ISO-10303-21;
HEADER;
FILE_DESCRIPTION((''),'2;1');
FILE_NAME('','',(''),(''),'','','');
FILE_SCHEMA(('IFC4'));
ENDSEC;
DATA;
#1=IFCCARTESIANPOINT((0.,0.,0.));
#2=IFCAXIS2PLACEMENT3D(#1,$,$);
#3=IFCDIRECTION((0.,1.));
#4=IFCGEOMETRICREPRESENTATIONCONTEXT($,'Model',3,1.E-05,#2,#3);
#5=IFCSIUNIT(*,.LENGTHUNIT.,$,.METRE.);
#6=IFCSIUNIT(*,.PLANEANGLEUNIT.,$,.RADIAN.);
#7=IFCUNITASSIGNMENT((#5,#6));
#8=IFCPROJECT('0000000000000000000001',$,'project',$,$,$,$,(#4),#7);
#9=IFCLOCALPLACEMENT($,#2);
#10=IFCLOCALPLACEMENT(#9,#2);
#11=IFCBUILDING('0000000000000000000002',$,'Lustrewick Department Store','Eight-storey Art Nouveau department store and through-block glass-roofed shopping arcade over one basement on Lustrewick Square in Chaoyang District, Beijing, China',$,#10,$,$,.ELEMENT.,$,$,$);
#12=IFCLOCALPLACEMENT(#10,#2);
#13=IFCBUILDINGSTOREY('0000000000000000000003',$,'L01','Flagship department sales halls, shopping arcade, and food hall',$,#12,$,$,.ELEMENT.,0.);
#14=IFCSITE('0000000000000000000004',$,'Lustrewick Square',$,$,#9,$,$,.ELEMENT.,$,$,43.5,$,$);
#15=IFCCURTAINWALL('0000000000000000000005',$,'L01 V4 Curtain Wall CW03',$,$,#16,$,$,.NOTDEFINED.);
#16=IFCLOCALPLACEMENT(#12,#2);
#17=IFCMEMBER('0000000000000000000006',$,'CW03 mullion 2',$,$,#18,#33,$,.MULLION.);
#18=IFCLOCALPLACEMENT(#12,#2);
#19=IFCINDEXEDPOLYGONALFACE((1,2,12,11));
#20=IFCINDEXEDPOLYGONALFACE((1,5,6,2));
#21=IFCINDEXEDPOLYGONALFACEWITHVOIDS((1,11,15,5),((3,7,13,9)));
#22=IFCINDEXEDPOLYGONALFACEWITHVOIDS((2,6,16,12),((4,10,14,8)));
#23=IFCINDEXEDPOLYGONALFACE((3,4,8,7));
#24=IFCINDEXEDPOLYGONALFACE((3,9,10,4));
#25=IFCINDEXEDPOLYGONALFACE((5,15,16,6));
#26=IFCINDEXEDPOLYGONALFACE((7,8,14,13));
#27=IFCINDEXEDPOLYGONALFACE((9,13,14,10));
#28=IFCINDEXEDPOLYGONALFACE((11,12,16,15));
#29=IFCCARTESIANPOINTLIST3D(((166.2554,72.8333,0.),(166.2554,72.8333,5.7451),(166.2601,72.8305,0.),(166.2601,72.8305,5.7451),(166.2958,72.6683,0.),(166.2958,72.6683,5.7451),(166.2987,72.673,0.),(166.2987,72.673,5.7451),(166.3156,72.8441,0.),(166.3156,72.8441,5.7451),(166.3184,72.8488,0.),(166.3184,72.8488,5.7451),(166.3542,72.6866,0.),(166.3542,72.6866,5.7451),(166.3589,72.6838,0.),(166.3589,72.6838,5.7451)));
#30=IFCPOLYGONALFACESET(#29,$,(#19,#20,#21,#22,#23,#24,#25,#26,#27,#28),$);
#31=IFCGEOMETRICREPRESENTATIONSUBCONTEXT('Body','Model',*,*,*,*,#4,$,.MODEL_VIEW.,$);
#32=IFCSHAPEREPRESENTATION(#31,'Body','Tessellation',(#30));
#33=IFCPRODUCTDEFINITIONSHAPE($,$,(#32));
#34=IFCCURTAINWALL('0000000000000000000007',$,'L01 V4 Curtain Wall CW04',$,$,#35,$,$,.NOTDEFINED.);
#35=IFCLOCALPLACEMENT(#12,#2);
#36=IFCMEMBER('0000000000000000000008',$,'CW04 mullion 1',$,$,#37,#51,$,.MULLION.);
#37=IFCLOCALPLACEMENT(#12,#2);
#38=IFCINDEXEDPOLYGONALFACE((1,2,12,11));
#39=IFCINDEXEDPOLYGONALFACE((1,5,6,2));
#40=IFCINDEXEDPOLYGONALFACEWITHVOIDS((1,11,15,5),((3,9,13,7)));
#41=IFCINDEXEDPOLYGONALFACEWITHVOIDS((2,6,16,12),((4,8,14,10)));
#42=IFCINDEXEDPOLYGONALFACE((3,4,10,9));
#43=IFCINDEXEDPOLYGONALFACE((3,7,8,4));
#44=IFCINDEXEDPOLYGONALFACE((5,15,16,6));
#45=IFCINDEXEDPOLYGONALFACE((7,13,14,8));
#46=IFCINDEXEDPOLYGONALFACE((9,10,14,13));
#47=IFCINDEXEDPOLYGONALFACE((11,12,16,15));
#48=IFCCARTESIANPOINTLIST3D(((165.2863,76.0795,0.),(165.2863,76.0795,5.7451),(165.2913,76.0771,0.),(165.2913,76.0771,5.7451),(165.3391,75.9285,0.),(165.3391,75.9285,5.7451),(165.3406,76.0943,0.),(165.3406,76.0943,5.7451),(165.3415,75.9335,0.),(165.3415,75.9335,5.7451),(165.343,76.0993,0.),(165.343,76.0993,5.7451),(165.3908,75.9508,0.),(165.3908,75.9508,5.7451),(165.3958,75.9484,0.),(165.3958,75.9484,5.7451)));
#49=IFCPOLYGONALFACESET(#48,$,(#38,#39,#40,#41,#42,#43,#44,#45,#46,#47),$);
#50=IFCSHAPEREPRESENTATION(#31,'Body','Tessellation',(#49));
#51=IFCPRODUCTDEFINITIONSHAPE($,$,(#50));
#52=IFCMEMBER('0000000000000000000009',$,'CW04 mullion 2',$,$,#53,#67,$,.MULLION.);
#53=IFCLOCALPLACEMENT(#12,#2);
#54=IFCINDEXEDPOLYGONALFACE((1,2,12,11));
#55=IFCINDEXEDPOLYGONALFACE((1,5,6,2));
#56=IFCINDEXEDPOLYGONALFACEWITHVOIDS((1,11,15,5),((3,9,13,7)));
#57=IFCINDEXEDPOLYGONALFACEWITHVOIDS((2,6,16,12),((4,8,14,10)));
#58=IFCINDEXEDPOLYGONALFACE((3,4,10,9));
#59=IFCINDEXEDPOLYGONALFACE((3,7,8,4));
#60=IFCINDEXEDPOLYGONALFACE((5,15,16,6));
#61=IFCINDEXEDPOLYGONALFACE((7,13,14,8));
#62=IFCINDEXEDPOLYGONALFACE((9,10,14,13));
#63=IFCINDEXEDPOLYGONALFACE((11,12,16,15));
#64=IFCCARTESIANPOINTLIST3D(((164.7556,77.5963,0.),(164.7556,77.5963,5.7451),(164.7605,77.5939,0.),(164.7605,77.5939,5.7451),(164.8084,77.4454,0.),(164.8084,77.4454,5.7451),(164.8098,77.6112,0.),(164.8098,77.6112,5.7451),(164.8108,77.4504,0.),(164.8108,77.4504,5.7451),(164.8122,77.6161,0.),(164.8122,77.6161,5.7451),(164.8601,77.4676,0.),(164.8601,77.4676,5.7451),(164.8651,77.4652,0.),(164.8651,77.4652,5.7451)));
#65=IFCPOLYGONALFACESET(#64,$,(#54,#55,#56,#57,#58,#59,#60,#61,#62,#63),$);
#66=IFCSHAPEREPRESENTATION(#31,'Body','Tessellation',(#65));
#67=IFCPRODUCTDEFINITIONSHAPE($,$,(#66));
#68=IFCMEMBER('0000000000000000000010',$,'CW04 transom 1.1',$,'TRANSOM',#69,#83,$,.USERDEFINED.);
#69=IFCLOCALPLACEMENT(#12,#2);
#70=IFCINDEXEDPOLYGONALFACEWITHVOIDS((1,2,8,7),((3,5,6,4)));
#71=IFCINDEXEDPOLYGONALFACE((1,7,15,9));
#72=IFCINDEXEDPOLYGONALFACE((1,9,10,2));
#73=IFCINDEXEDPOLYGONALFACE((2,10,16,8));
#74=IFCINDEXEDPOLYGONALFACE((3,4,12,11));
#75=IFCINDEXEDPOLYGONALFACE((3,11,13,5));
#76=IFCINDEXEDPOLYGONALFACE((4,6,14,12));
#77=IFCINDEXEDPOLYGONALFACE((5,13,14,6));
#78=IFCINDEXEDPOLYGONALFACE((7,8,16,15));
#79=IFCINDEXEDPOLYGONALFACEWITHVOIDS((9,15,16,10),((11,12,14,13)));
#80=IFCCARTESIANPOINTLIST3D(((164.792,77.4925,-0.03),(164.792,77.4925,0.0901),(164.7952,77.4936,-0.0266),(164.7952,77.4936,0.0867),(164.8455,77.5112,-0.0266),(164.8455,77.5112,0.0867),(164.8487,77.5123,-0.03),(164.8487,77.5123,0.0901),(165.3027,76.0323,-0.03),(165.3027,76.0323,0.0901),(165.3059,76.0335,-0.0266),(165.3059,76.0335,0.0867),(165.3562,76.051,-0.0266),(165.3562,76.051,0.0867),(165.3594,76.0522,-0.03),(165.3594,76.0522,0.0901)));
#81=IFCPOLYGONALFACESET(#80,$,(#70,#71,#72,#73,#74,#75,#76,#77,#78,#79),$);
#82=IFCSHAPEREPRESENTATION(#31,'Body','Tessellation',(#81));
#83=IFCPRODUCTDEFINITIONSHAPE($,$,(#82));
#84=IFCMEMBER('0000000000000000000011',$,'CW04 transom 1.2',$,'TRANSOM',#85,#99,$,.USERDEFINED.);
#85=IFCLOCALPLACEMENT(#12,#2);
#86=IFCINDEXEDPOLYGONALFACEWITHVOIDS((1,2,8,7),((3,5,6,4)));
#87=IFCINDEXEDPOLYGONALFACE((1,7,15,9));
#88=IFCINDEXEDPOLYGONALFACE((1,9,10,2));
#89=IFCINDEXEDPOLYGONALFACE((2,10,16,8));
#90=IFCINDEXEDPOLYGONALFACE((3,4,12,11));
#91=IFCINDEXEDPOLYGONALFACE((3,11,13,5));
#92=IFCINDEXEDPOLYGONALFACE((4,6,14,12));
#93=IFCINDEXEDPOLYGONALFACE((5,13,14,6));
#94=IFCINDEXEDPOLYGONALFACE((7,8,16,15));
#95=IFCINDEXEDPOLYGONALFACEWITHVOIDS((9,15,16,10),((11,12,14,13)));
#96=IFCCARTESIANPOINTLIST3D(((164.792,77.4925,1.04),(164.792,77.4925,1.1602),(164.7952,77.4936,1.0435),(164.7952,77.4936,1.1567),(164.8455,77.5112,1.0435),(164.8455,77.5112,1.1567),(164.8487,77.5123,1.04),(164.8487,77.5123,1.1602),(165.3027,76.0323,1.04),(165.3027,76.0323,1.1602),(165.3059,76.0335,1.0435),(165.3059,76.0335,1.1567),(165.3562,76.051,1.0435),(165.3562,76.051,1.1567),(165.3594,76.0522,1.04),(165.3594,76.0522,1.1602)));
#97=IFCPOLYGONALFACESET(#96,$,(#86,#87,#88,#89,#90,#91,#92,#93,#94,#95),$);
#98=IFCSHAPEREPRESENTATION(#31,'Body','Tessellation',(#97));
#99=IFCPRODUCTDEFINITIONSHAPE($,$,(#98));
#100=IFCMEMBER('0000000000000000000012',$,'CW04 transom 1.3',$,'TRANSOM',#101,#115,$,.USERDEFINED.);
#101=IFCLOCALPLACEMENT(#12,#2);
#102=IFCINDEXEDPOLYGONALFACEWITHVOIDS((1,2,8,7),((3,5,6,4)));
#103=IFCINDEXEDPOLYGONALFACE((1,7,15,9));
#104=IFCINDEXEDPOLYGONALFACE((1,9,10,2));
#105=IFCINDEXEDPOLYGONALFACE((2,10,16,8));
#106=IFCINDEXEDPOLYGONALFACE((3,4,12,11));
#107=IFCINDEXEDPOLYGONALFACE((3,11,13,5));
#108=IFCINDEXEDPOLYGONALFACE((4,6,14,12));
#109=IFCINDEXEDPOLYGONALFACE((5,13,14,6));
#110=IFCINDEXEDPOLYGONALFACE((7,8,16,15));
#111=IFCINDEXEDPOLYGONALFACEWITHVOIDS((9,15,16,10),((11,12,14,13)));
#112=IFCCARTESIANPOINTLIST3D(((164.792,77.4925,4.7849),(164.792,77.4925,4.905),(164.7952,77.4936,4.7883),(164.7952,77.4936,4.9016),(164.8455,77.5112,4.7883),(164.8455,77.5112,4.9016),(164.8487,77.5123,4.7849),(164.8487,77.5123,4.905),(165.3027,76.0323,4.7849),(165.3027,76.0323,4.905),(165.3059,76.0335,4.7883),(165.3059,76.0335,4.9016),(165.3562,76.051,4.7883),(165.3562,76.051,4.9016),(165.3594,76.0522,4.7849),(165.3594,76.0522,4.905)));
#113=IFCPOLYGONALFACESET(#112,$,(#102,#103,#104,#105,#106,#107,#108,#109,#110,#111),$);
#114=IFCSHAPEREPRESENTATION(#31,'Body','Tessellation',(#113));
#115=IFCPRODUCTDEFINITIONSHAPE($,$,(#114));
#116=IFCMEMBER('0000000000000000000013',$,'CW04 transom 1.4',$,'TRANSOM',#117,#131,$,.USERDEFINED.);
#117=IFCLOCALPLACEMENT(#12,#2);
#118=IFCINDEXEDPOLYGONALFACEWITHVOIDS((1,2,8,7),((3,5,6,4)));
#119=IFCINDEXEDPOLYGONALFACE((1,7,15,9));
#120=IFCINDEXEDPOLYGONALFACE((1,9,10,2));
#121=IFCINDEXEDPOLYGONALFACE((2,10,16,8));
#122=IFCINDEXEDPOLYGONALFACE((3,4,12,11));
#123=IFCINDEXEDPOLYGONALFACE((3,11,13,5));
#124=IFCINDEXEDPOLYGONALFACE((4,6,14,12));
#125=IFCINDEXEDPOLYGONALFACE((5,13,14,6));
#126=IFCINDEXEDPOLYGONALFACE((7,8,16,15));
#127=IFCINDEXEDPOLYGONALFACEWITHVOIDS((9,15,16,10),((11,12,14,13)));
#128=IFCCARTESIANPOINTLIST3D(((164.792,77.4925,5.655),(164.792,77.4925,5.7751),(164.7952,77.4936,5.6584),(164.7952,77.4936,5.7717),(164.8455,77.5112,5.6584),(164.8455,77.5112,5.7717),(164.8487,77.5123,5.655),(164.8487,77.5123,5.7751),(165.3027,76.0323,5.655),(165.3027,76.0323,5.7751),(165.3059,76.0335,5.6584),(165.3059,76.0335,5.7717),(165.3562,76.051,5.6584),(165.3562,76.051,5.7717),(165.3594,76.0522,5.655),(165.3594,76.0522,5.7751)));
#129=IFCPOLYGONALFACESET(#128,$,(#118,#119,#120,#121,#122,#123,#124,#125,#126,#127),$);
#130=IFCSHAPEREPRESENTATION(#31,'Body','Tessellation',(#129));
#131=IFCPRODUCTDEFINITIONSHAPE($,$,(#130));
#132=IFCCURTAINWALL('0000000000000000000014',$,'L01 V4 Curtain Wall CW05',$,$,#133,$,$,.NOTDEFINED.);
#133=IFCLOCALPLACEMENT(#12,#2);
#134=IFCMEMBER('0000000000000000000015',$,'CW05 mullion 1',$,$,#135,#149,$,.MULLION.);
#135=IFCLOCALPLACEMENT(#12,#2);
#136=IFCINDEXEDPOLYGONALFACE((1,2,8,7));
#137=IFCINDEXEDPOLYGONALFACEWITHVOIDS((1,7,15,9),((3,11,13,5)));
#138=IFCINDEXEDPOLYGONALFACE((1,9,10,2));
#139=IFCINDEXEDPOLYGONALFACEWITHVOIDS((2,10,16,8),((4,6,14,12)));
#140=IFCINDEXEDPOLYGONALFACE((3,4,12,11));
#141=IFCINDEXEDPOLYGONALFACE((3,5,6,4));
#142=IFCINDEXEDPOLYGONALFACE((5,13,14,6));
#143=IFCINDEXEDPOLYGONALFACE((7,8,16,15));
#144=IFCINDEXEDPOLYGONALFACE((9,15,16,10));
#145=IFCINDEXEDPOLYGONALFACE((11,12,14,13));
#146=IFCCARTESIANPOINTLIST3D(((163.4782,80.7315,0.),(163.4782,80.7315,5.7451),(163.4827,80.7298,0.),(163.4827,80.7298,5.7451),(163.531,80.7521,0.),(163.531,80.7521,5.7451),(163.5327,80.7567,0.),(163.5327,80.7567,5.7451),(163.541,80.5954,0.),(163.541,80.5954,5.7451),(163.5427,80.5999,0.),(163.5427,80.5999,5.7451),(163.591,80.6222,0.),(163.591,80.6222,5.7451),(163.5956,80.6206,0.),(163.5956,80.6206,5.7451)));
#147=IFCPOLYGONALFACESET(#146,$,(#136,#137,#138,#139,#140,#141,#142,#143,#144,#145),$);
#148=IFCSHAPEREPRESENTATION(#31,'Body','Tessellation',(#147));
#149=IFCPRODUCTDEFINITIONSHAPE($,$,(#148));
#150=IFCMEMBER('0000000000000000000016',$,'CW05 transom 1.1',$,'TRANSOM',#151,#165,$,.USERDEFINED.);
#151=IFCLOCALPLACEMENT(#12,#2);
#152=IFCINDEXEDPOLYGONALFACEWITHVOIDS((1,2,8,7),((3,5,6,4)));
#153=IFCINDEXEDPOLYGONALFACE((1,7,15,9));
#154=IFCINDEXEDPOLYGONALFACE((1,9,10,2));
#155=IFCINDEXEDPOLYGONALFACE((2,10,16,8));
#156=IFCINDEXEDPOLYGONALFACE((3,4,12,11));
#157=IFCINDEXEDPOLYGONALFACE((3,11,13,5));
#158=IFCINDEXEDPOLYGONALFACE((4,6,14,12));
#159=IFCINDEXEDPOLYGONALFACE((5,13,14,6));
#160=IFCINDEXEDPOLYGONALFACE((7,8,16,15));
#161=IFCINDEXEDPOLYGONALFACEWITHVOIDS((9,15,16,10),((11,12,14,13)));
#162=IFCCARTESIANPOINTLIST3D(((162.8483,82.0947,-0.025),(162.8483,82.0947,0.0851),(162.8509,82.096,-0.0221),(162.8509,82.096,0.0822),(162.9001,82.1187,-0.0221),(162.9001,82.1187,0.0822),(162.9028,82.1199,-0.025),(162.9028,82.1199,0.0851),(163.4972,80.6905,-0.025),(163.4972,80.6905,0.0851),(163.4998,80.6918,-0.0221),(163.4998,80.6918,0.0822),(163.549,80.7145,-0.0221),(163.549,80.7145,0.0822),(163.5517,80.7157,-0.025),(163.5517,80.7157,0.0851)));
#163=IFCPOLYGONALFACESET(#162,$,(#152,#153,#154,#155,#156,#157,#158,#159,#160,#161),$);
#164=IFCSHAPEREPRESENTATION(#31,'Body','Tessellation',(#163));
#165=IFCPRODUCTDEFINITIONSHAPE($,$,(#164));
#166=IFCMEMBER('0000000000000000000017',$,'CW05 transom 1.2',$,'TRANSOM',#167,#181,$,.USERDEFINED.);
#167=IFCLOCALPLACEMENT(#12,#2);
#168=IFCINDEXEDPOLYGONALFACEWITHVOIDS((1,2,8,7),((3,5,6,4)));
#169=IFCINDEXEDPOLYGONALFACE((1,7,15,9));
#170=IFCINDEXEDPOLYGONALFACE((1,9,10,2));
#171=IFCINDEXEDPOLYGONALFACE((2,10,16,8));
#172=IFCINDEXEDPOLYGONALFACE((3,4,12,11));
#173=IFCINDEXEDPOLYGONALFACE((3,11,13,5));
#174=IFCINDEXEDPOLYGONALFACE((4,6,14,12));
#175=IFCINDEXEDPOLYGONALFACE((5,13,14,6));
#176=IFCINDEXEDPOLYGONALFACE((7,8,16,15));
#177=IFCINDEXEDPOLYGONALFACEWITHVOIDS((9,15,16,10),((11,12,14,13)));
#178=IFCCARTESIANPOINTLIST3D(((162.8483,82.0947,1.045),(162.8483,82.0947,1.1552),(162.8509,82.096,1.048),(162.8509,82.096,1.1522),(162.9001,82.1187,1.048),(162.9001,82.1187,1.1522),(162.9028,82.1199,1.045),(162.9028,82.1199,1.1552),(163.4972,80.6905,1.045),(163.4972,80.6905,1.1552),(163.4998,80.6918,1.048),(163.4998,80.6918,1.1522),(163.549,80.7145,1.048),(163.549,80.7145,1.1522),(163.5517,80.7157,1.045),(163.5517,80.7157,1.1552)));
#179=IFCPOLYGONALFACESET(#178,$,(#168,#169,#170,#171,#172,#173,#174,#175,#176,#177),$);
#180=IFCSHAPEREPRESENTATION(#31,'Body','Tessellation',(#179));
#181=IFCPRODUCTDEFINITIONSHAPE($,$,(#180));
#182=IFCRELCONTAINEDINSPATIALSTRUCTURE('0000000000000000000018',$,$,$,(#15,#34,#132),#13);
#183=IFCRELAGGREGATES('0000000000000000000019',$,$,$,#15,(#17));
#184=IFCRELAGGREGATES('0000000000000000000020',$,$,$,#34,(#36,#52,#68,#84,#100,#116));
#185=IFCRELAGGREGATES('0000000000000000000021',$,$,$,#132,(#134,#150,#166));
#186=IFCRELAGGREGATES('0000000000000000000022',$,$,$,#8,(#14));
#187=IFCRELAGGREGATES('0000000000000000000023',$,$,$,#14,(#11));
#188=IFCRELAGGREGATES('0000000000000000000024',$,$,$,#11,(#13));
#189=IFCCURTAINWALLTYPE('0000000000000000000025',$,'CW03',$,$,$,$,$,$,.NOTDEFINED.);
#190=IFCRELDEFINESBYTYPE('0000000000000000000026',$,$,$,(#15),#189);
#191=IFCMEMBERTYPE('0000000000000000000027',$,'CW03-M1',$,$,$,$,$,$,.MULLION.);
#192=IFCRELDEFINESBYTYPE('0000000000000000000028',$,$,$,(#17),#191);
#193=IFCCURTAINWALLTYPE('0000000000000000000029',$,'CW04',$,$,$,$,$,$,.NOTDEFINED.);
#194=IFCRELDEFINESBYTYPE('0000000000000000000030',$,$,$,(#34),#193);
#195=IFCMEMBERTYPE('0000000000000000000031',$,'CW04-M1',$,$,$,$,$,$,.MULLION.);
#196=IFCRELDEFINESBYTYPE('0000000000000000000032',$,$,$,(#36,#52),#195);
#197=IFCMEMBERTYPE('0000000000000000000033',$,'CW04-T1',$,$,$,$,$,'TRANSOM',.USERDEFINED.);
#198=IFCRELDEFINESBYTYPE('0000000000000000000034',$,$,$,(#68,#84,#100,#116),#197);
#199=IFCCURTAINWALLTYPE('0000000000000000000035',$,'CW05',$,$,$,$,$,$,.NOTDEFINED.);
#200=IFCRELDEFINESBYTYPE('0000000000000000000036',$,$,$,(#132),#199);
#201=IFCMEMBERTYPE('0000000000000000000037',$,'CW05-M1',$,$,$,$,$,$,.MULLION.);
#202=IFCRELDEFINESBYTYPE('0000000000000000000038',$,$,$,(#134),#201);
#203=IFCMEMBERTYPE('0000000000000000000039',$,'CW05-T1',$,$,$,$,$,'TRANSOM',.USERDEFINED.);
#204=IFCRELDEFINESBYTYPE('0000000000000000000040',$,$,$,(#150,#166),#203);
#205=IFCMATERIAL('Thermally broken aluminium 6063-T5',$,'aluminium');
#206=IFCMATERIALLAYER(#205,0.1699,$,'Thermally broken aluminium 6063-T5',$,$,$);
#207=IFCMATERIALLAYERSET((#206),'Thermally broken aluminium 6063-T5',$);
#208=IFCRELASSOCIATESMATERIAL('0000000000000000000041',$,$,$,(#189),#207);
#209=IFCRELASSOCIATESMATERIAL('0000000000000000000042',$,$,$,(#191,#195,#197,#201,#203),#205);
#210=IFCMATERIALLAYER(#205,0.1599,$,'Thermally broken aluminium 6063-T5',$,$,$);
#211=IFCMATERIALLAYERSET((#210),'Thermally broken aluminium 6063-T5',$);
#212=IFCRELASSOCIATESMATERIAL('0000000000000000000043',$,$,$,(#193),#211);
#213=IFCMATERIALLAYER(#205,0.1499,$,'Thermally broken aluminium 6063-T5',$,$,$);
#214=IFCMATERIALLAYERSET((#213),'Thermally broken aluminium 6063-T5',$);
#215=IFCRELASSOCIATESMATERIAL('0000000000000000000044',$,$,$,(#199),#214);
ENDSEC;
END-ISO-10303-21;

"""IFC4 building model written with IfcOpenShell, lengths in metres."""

from ifc_helpers import new_model, si_unit, direction, frame, origin, origin_2d, place, context, subcontext, project, spatial, hollow_rectangle, extrude, material, layer, layer_set, material_profile, profile_set, type_object, element, aggregate, save


model = new_model("IFC4")

# Units and contexts
model_context = context("Model", 3, precision=1e-05, world=origin(), true_north=direction((0.0, 1.0)))
body_context = subcontext(model_context, "Body", "Model", "MODEL_VIEW")
ifc_project = project(units=[si_unit("LENGTHUNIT", "METRE"), si_unit("PLANEANGLEUNIT", "RADIAN")], contexts=[model_context])

# Site, building, storey
site_placement = place(None, origin())
site = spatial("IfcSite", under=ifc_project, at=site_placement, Name="Lustrewick Square", CompositionType="ELEMENT", RefElevation=43.5)
building_placement = place(site_placement, origin())
building = spatial("IfcBuilding", under=site, at=building_placement, Name="Lustrewick Department Store", Description="Eight-storey Art Nouveau department store and through-block glass-roofed shopping arcade over one basement on Lustrewick Square in Chaoyang District, Beijing, China", CompositionType="ELEMENT")
storey_placement = place(building_placement, origin())
storey = spatial("IfcBuildingStorey", under=building, at=storey_placement, Name="L01", Description="Flagship department sales halls, shopping arcade, and food hall", CompositionType="ELEMENT", Elevation=0.0)

# Curtain wall, member
ifc_material_1 = material(Name="Thermally broken aluminium 6063-T5", Category="aluminium")
ifc_layer_1 = layer(ifc_material_1, 0.1699, Name="Thermally broken aluminium 6063-T5")
ifc_layer_set_1 = layer_set([ifc_layer_1], Name="Thermally broken aluminium 6063-T5")
curtain_wall_type_1 = type_object("IfcCurtainWallType", Name="CW03", PredefinedType="NOTDEFINED", material=ifc_layer_set_1)
curtain_wall_1_placement = place(storey_placement, origin())
curtain_wall_1 = element("IfcCurtainWall", 1, at=curtain_wall_1_placement, inside=storey, type_object=curtain_wall_type_1, Name="L01 V4 Curtain Wall CW03", PredefinedType="NOTDEFINED")
ifc_material_profile_1 = material_profile(ifc_material_1, hollow_rectangle(XDim=0.0649, YDim=0.1699, WallThickness=0.0039, at=origin_2d()), Name="ALU-M 65x170x4")
ifc_profile_set_1 = profile_set([ifc_material_profile_1], Name="Thermally broken aluminium 6063-T5")
member_type_1 = type_object("IfcMemberType", Name="CW03-M1", PredefinedType="MULLION", material=ifc_profile_set_1)
member_1_placement = place(storey_placement, frame((166.3071, 72.7585, 0.0), z_axis=(0.0, 0.0, 1.0), x_axis=(-0.971223, -0.238171, 0.0)))
member_1 = element("IfcMember", 2, at=member_1_placement, type_object=member_type_1, Name="CW03 mullion 2", PredefinedType="MULLION", context=body_context, shape_type="SweptSolid", body=[
    extrude(hollow_rectangle(XDim=0.0649, YDim=0.1699, WallThickness=0.0039, at=origin_2d()), origin(), (0.0, 0.0, 1.0), 5.7451),
])

# Curtain walls, members
ifc_layer_2 = layer(ifc_material_1, 0.1599, Name="Thermally broken aluminium 6063-T5")
ifc_layer_set_2 = layer_set([ifc_layer_2], Name="Thermally broken aluminium 6063-T5")
curtain_wall_type_2 = type_object("IfcCurtainWallType", Name="CW04", PredefinedType="NOTDEFINED", material=ifc_layer_set_2)
curtain_wall_2_placement = place(storey_placement, origin())
curtain_wall_2 = element("IfcCurtainWall", 3, at=curtain_wall_2_placement, inside=storey, type_object=curtain_wall_type_2, Name="L01 V4 Curtain Wall CW04", PredefinedType="NOTDEFINED")
ifc_material_profile_2 = material_profile(ifc_material_1, hollow_rectangle(XDim=0.0601, YDim=0.1599, WallThickness=0.0039, at=origin_2d()), Name="ALU-M 60x160x4")
ifc_profile_set_2 = profile_set([ifc_material_profile_2], Name="Thermally broken aluminium 6063-T5")
member_type_2 = type_object("IfcMemberType", Name="CW04-M1", PredefinedType="MULLION", material=ifc_profile_set_2)
member_2_placement = place(storey_placement, frame((165.3411, 76.0139, 0.0), z_axis=(0.0, 0.0, 1.0), x_axis=(-0.943894, -0.330249, 0.0)))
member_2 = element("IfcMember", 4, at=member_2_placement, type_object=member_type_2, Name="CW04 mullion 1", PredefinedType="MULLION", context=body_context, shape_type="SweptSolid", body=[
    extrude(hollow_rectangle(XDim=0.0601, YDim=0.1599, WallThickness=0.0039, at=origin_2d()), origin(), (0.0, 0.0, 1.0), 5.7451),
])
member_3_placement = place(storey_placement, frame((164.8103, 77.5308, 0.0), z_axis=(0.0, 0.0, 1.0), x_axis=(-0.943894, -0.330249, 0.0)))
member_3 = element("IfcMember", 5, at=member_3_placement, type_object=member_type_2, Name="CW04 mullion 2", PredefinedType="MULLION", context=body_context, shape_type="SweptSolid", body=[
    extrude(hollow_rectangle(XDim=0.0601, YDim=0.1599, WallThickness=0.0039, at=origin_2d()), origin(), (0.0, 0.0, 1.0), 5.7451),
])
ifc_material_profile_3 = material_profile(ifc_material_1, hollow_rectangle(XDim=0.0601, YDim=0.1201, WallThickness=0.0034, at=origin_2d()), Name="ALU-T 60x120x3.5")
ifc_profile_set_3 = profile_set([ifc_material_profile_3], Name="Thermally broken aluminium 6063-T5")
member_type_3 = type_object("IfcMemberType", Name="CW04-T1", ElementType="TRANSOM", PredefinedType="USERDEFINED", material=ifc_profile_set_3)
member_4_placement = place(storey_placement, frame((165.3311, 76.0422, 0.03), z_axis=(-0.330161, 0.943925, 0.0), x_axis=(-0.943925, -0.330161, 0.0)))
member_4 = element("IfcMember", 6, at=member_4_placement, type_object=member_type_3, Name="CW04 transom 1.1", ObjectType="TRANSOM", PredefinedType="USERDEFINED", context=body_context, shape_type="SweptSolid", body=[
    extrude(hollow_rectangle(XDim=0.0601, YDim=0.1201, WallThickness=0.0034, at=origin_2d()), origin(), (0.0, 0.0, 1.0), 1.5469),
])
member_5_placement = place(storey_placement, frame((165.3311, 76.0422, 1.1001), z_axis=(-0.330161, 0.943925, 0.0), x_axis=(-0.943925, -0.330161, 0.0)))
member_5 = element("IfcMember", 7, at=member_5_placement, type_object=member_type_3, Name="CW04 transom 1.2", ObjectType="TRANSOM", PredefinedType="USERDEFINED", context=body_context, shape_type="SweptSolid", body=[
    extrude(hollow_rectangle(XDim=0.0601, YDim=0.1201, WallThickness=0.0034, at=origin_2d()), origin(), (0.0, 0.0, 1.0), 1.5469),
])
member_6_placement = place(storey_placement, frame((165.3311, 76.0422, 4.845), z_axis=(-0.330161, 0.943925, 0.0), x_axis=(-0.943925, -0.330161, 0.0)))
member_6 = element("IfcMember", 8, at=member_6_placement, type_object=member_type_3, Name="CW04 transom 1.3", ObjectType="TRANSOM", PredefinedType="USERDEFINED", context=body_context, shape_type="SweptSolid", body=[
    extrude(hollow_rectangle(XDim=0.0601, YDim=0.1201, WallThickness=0.0034, at=origin_2d()), origin(), (0.0, 0.0, 1.0), 1.5469),
])
member_7_placement = place(storey_placement, frame((165.3311, 76.0422, 5.7151), z_axis=(-0.330161, 0.943925, 0.0), x_axis=(-0.943925, -0.330161, 0.0)))
member_7 = element("IfcMember", 9, at=member_7_placement, type_object=member_type_3, Name="CW04 transom 1.4", ObjectType="TRANSOM", PredefinedType="USERDEFINED", context=body_context, shape_type="SweptSolid", body=[
    extrude(hollow_rectangle(XDim=0.0601, YDim=0.1201, WallThickness=0.0034, at=origin_2d()), origin(), (0.0, 0.0, 1.0), 1.5469),
])
ifc_layer_3 = layer(ifc_material_1, 0.1499, Name="Thermally broken aluminium 6063-T5")
ifc_layer_set_3 = layer_set([ifc_layer_3], Name="Thermally broken aluminium 6063-T5")
curtain_wall_type_3 = type_object("IfcCurtainWallType", Name="CW05", PredefinedType="NOTDEFINED", material=ifc_layer_set_3)
curtain_wall_3_placement = place(storey_placement, origin())
curtain_wall_3 = element("IfcCurtainWall", 10, at=curtain_wall_3_placement, inside=storey, type_object=curtain_wall_type_3, Name="L01 V4 Curtain Wall CW05", PredefinedType="NOTDEFINED")
ifc_material_profile_4 = material_profile(ifc_material_1, hollow_rectangle(XDim=0.0601, YDim=0.1499, WallThickness=0.0034, at=origin_2d()), Name="ALU-M 60x150x3.5")
ifc_profile_set_4 = profile_set([ifc_material_profile_4], Name="Thermally broken aluminium 6063-T5")
member_type_4 = type_object("IfcMemberType", Name="CW05-M1", PredefinedType="MULLION", material=ifc_profile_set_4)
member_8_placement = place(storey_placement, frame((163.5369, 80.676, 0.0), z_axis=(0.0, 0.0, 1.0), x_axis=(-0.90781, -0.419382, 0.0)))
member_8 = element("IfcMember", 11, at=member_8_placement, type_object=member_type_4, Name="CW05 mullion 1", PredefinedType="MULLION", context=body_context, shape_type="SweptSolid", body=[
    extrude(hollow_rectangle(XDim=0.0601, YDim=0.1499, WallThickness=0.0034, at=origin_2d()), origin(), (0.0, 0.0, 1.0), 5.7451),
])
ifc_material_profile_5 = material_profile(ifc_material_1, hollow_rectangle(XDim=0.0601, YDim=0.1101, WallThickness=0.0029, at=origin_2d()), Name="ALU-T 60x110x3")
ifc_profile_set_5 = profile_set([ifc_material_profile_5], Name="Thermally broken aluminium 6063-T5")
member_type_5 = type_object("IfcMemberType", Name="CW05-T1", ElementType="TRANSOM", PredefinedType="USERDEFINED", material=ifc_profile_set_5)
member_9_placement = place(storey_placement, frame((163.5244, 80.7031, 0.03), z_axis=(-0.419478, 0.907765, 0.0), x_axis=(-0.907765, -0.419478, 0.0)))
member_9 = element("IfcMember", 12, at=member_9_placement, type_object=member_type_5, Name="CW05 transom 1.1", ObjectType="TRANSOM", PredefinedType="USERDEFINED", context=body_context, shape_type="SweptSolid", body=[
    extrude(hollow_rectangle(XDim=0.0601, YDim=0.1101, WallThickness=0.0029, at=origin_2d()), origin(), (0.0, 0.0, 1.0), 1.5469),
])
member_10_placement = place(storey_placement, frame((163.5244, 80.7031, 1.1001), z_axis=(-0.419478, 0.907765, 0.0), x_axis=(-0.907765, -0.419478, 0.0)))
member_10 = element("IfcMember", 13, at=member_10_placement, type_object=member_type_5, Name="CW05 transom 1.2", ObjectType="TRANSOM", PredefinedType="USERDEFINED", context=body_context, shape_type="SweptSolid", body=[
    extrude(hollow_rectangle(XDim=0.0601, YDim=0.1101, WallThickness=0.0029, at=origin_2d()), origin(), (0.0, 0.0, 1.0), 1.5469),
])

aggregate(curtain_wall_1, [member_1])
aggregate(curtain_wall_2, [member_2, member_3, member_4, member_5, member_6, member_7])
aggregate(curtain_wall_3, [member_8, member_9, member_10])

save(model, "model.ifc")
